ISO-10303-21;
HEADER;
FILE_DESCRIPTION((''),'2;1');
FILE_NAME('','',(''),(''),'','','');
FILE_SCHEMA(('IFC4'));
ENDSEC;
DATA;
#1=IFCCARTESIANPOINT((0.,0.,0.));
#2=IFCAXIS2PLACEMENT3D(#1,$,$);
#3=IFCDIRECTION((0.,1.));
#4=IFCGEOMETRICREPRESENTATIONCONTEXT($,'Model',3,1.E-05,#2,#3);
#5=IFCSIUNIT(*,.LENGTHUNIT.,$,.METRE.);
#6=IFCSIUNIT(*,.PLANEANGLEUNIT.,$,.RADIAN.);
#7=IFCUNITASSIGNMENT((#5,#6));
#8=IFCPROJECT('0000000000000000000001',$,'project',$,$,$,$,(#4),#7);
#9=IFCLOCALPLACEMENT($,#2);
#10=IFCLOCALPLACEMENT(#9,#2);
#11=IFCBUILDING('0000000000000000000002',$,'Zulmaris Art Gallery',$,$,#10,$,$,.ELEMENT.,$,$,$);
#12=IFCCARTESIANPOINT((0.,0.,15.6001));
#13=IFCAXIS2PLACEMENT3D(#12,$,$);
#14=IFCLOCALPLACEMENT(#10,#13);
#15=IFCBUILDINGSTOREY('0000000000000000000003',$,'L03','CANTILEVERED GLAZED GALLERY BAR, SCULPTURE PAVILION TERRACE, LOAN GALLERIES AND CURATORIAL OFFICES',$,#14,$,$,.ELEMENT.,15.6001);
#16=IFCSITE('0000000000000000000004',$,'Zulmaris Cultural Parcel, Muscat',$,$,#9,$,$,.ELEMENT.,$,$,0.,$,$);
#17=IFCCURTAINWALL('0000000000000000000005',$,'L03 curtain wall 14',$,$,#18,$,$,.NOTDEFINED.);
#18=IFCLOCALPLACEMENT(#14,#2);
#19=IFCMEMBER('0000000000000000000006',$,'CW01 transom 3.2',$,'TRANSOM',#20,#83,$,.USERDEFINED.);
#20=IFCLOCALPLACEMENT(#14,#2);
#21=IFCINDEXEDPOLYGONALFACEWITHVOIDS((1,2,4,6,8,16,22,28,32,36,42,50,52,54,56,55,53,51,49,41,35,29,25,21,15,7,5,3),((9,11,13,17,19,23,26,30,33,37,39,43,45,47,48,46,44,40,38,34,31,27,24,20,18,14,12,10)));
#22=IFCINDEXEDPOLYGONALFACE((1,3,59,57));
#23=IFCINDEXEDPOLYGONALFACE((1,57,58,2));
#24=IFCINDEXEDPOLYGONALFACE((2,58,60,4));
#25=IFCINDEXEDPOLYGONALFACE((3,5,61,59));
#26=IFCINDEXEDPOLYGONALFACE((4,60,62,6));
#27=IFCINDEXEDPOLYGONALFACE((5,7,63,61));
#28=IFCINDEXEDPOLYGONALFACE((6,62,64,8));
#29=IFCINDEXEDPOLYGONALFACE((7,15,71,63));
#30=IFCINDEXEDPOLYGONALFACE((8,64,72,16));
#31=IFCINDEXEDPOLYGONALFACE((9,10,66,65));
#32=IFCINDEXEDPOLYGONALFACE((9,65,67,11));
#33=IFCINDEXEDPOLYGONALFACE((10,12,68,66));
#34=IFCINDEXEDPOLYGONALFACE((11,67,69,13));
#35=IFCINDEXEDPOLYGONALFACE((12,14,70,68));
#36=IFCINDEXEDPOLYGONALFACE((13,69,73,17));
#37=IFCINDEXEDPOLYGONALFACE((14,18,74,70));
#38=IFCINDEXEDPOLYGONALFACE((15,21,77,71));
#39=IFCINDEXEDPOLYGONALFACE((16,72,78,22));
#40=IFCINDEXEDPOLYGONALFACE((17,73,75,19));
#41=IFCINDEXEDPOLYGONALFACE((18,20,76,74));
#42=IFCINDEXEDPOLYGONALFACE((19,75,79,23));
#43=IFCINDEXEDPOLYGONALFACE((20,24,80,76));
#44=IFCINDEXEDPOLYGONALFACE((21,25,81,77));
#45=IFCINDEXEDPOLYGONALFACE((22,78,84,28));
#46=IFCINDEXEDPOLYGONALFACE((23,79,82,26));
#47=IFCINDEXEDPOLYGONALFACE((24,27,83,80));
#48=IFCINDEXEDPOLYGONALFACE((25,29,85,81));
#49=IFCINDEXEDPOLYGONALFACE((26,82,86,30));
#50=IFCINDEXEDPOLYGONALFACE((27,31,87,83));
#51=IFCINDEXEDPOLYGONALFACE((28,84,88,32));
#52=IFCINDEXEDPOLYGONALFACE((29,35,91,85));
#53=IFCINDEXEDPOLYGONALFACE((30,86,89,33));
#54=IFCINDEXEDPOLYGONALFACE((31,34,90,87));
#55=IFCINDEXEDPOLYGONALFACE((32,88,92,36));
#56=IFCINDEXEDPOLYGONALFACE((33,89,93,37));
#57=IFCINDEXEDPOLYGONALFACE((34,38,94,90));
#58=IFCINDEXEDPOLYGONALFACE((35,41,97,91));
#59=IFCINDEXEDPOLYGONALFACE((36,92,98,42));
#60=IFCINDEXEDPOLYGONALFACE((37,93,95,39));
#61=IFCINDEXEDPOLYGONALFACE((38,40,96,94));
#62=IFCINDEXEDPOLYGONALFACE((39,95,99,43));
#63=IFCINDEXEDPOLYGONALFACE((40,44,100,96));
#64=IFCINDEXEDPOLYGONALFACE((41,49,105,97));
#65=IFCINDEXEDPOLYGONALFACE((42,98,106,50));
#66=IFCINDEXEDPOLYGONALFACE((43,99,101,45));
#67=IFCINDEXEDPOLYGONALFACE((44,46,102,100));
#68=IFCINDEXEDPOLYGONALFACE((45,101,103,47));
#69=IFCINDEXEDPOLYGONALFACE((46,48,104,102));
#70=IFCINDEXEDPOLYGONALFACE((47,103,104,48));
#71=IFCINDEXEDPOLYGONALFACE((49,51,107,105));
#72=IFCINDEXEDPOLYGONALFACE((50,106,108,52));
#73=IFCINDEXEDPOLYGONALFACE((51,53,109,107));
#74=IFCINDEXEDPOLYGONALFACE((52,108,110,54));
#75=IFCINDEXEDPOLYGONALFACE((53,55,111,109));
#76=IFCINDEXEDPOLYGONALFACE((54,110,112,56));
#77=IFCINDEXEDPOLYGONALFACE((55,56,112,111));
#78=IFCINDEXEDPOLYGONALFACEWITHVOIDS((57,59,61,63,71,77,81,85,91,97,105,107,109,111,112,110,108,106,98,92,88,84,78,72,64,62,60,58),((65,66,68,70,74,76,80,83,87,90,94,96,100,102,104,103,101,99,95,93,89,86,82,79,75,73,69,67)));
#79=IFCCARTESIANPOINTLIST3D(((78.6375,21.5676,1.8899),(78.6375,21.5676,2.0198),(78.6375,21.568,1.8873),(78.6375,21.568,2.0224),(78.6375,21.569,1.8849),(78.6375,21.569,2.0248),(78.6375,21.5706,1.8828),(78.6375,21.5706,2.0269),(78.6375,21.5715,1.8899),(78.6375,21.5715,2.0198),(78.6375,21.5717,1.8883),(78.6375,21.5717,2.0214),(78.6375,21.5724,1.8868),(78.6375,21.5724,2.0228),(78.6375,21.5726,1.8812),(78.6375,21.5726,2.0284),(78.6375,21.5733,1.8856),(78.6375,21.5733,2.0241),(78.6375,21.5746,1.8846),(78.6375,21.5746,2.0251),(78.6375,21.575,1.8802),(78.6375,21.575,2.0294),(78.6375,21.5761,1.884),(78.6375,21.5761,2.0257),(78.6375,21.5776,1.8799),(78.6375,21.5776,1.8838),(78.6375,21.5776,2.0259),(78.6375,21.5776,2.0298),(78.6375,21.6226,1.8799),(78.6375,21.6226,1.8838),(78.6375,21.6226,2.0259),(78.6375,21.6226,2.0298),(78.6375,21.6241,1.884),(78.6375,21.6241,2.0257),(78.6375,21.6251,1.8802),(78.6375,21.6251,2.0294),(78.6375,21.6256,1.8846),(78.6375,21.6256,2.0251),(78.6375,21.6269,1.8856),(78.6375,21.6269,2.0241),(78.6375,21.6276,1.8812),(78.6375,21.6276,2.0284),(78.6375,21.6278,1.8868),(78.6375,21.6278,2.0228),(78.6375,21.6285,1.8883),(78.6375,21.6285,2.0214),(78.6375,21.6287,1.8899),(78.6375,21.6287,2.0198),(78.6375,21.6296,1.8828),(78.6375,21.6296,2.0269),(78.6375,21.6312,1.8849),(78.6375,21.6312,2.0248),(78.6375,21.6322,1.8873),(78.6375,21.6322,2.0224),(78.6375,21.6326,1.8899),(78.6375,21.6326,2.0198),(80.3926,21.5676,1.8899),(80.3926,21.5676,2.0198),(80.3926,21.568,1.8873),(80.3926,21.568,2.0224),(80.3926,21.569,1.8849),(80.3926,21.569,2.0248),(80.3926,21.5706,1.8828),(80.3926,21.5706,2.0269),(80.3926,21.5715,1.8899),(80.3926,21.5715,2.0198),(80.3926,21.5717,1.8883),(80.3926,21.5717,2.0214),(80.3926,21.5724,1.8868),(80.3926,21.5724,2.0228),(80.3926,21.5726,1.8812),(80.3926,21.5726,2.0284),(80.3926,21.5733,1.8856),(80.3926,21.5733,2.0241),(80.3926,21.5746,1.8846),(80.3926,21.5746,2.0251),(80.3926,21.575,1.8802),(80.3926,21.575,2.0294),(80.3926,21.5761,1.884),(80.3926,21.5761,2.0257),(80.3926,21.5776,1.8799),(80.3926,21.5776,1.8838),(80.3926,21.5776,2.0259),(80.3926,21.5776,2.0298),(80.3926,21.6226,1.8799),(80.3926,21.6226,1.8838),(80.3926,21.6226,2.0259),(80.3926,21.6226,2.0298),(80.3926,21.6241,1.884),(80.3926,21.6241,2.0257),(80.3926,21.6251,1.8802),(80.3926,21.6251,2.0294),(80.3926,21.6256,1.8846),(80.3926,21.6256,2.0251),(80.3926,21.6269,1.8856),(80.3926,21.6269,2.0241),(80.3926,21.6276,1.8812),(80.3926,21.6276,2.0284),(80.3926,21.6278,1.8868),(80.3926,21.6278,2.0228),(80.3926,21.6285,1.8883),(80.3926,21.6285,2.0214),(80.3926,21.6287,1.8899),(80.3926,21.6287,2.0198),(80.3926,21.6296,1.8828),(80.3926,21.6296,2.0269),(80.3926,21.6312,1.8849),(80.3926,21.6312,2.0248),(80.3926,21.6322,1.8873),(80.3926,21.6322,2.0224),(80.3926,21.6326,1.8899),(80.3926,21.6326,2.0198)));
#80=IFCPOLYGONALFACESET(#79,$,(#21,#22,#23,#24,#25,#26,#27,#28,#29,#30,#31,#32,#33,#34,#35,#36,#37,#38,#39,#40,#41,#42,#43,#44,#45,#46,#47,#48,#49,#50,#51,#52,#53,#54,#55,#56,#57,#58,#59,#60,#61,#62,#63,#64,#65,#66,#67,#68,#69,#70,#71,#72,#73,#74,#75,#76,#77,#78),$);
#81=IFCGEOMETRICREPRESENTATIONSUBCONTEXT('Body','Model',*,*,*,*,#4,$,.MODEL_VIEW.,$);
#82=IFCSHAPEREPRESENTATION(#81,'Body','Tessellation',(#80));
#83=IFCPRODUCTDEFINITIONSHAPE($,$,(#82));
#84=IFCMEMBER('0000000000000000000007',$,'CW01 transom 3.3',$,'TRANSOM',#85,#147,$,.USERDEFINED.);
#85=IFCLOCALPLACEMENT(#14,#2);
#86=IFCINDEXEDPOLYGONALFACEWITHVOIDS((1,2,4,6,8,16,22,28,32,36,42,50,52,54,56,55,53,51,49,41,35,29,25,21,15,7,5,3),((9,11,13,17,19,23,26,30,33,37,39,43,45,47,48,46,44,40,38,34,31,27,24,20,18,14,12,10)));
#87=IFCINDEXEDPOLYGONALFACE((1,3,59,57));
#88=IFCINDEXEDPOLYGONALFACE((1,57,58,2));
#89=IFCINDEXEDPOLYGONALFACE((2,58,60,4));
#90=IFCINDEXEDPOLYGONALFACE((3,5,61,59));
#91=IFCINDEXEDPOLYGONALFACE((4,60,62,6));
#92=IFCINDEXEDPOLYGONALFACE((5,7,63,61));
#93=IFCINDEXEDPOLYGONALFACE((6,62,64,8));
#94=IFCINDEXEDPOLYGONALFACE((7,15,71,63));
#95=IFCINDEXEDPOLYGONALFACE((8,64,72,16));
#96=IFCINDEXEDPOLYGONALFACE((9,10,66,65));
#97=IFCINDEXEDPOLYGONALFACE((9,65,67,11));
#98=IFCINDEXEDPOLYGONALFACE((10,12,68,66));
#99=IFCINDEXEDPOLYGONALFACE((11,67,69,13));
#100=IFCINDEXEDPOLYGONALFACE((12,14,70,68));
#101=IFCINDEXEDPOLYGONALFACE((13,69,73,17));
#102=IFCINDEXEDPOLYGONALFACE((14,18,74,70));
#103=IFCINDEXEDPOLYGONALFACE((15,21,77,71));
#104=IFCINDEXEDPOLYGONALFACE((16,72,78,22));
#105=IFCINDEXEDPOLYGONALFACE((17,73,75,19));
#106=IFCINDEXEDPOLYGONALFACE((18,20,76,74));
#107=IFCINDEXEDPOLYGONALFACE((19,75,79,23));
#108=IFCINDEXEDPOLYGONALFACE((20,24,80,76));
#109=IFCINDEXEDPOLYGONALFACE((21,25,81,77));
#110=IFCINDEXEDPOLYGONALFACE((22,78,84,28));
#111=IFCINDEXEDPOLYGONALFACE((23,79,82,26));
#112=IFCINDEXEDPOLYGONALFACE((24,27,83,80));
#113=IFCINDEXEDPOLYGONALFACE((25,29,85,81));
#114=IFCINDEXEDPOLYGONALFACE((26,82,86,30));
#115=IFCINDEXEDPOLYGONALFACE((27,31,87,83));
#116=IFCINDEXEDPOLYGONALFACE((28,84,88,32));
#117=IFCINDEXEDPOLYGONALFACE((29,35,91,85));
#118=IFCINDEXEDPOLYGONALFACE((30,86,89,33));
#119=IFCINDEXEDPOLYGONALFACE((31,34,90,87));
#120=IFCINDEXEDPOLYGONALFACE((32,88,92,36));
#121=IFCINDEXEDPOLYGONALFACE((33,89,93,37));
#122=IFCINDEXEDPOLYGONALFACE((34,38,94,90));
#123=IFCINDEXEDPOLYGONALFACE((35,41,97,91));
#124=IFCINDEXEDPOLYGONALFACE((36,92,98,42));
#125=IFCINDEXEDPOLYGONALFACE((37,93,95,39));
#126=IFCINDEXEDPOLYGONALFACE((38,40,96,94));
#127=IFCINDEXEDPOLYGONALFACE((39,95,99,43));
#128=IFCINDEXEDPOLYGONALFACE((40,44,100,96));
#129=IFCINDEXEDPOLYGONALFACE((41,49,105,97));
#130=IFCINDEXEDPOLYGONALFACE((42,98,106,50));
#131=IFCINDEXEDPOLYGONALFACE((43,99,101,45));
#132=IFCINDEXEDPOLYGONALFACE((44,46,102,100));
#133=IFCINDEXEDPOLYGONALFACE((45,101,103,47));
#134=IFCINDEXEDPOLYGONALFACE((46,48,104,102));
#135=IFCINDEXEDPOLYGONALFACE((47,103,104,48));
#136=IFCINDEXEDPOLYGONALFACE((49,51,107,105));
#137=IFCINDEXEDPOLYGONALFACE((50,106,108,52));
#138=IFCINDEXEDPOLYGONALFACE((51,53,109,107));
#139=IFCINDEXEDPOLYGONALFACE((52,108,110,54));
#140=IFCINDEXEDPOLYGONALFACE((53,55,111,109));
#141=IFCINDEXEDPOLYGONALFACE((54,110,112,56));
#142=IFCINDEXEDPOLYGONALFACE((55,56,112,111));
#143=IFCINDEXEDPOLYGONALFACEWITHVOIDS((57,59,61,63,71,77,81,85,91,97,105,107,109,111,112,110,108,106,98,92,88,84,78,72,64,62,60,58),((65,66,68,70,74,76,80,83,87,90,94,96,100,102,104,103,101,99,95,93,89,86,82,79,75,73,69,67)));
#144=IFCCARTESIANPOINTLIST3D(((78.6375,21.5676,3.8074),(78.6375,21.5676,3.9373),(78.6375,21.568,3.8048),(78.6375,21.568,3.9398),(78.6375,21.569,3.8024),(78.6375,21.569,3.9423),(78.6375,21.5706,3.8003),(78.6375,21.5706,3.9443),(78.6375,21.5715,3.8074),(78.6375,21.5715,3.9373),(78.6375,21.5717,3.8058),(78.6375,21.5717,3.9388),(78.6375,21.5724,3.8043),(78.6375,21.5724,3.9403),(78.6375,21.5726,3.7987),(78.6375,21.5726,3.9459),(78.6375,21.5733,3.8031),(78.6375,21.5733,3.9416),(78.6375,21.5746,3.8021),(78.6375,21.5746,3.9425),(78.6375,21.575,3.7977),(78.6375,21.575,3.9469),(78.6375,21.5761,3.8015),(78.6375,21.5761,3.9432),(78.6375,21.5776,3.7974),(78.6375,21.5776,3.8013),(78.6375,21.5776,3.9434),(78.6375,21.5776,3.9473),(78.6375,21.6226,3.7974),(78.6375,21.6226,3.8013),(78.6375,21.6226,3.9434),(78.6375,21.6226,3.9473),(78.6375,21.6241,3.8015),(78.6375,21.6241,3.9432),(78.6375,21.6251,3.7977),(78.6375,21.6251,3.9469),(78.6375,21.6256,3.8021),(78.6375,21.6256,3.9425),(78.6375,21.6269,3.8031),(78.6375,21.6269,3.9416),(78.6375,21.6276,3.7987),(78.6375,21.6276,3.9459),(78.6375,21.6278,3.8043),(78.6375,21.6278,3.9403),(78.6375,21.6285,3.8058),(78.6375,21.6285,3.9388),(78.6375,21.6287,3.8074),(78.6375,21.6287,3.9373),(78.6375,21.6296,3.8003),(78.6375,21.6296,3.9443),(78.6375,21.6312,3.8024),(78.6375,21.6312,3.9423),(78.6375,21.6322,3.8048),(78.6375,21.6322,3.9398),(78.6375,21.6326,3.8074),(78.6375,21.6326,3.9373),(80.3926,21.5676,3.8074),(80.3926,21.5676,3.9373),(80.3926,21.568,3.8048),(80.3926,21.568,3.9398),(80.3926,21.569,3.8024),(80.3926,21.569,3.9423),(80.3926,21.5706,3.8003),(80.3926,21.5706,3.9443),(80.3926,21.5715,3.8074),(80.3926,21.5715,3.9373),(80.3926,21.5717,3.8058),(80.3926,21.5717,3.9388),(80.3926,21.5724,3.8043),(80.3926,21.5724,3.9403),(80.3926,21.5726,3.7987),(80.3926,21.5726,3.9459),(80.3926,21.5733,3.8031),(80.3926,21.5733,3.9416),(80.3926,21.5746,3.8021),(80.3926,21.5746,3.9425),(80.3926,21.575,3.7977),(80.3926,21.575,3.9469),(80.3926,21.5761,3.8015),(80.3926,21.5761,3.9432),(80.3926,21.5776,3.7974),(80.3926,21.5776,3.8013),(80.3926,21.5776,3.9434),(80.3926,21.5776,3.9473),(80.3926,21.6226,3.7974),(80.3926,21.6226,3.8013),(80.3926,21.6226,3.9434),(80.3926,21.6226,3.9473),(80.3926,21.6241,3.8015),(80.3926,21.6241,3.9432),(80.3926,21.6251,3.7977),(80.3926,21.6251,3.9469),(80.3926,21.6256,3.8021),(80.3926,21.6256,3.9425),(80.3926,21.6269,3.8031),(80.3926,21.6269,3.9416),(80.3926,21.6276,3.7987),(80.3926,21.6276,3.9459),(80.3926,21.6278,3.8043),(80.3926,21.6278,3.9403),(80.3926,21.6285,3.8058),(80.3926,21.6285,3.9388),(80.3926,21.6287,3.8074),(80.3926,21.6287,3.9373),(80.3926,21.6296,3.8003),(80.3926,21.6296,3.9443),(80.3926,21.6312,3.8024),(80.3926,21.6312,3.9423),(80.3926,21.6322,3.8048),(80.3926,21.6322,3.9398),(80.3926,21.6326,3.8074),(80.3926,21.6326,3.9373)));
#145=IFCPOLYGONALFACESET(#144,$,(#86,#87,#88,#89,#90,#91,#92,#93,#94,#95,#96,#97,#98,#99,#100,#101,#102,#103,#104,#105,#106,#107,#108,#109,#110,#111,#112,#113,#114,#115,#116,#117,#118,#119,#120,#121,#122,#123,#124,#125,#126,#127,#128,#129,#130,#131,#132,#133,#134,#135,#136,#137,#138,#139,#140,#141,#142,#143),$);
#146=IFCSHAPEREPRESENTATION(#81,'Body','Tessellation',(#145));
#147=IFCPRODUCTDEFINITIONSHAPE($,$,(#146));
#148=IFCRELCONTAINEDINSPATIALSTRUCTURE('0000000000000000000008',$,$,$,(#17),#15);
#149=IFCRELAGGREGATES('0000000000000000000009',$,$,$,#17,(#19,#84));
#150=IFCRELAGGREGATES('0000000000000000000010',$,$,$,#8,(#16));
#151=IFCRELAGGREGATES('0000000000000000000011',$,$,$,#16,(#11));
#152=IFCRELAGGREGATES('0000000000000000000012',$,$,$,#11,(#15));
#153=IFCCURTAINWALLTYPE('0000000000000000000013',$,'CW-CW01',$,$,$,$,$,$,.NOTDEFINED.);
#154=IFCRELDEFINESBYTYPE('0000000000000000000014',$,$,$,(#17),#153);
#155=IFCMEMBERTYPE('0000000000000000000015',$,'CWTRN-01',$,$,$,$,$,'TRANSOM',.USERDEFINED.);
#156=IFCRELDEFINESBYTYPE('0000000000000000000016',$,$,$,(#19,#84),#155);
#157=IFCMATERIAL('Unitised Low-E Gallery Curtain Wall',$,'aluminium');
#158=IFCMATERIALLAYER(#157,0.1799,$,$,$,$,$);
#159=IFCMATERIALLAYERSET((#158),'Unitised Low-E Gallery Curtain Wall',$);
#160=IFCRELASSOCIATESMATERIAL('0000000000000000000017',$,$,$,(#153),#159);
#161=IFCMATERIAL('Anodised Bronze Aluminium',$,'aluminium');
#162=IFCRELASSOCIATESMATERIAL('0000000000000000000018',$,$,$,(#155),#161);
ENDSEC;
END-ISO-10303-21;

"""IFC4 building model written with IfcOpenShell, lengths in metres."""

from ifc_helpers import new_model, si_unit, direction, frame, origin, origin_2d, place, context, subcontext, project, spatial, hollow_rectangle, extrude, material, layer, layer_set, material_profile, profile_set, type_object, element, aggregate, save


model = new_model("IFC4")

# Units and contexts
model_context = context("Model", 3, precision=1e-05, world=origin(), true_north=direction((0.0, 1.0)))
body_context = subcontext(model_context, "Body", "Model", "MODEL_VIEW")
ifc_project = project(units=[si_unit("LENGTHUNIT", "METRE"), si_unit("PLANEANGLEUNIT", "RADIAN")], contexts=[model_context])

# Site, building, storey
site_placement = place(None, origin())
site = spatial("IfcSite", under=ifc_project, at=site_placement, Name="Zulmaris Cultural Parcel, Muscat", CompositionType="ELEMENT", RefElevation=0.0)
building_placement = place(site_placement, origin())
building = spatial("IfcBuilding", under=site, at=building_placement, Name="Zulmaris Art Gallery", CompositionType="ELEMENT")
storey_placement = place(building_placement, frame((0.0, 0.0, 15.6001)))
storey = spatial("IfcBuildingStorey", under=building, at=storey_placement, Name="L03", Description="CANTILEVERED GLAZED GALLERY BAR, SCULPTURE PAVILION TERRACE, LOAN GALLERIES AND CURATORIAL OFFICES", CompositionType="ELEMENT", Elevation=15.6001)

# Curtain wall
ifc_material_1 = material(Name="Unitised Low-E Gallery Curtain Wall", Category="aluminium")
ifc_layer_1 = layer(ifc_material_1, 0.1799)
ifc_layer_set_1 = layer_set([ifc_layer_1], Name="Unitised Low-E Gallery Curtain Wall")
curtain_wall_type_1 = type_object("IfcCurtainWallType", Name="CW-CW01", PredefinedType="NOTDEFINED", material=ifc_layer_set_1)
curtain_wall_1_placement = place(storey_placement, origin())
curtain_wall_1 = element("IfcCurtainWall", 1, at=curtain_wall_1_placement, inside=storey, type_object=curtain_wall_type_1, Name="L03 curtain wall 14", PredefinedType="NOTDEFINED")
ifc_material_2 = material(Name="Anodised Bronze Aluminium", Category="aluminium")

# Members
ifc_material_profile_1 = material_profile(ifc_material_2, hollow_rectangle(XDim=0.0649, YDim=0.1499, WallThickness=0.0039, InnerFilletRadius=0.0061, OuterFilletRadius=0.01, at=origin_2d()), Name="ALU 65x150x4")
ifc_profile_set_1 = profile_set([ifc_material_profile_1], Name="Anodised Bronze Aluminium")
member_type_1 = type_object("IfcMemberType", Name="CWTRN-01", ElementType="TRANSOM", PredefinedType="USERDEFINED", material=ifc_profile_set_1)
member_1_placement = place(storey_placement, frame((78.6375, 21.6001, 1.9548), z_axis=(1.0, 0.0, 0.0), x_axis=(0.0, 1.0, 0.0)))
member_1 = element("IfcMember", 2, at=member_1_placement, type_object=member_type_1, Name="CW01 transom 3.2", ObjectType="TRANSOM", PredefinedType="USERDEFINED", context=body_context, shape_type="SweptSolid", body=[
    extrude(hollow_rectangle(XDim=0.0649, YDim=0.1499, WallThickness=0.0039, InnerFilletRadius=0.0061, OuterFilletRadius=0.01, at=origin_2d()), origin(), (0.0, 0.0, 1.0), 1.7551),
])
member_2_placement = place(storey_placement, frame((78.6375, 21.6001, 3.8723), z_axis=(1.0, 0.0, 0.0), x_axis=(0.0, 1.0, 0.0)))
member_2 = element("IfcMember", 3, at=member_2_placement, type_object=member_type_1, Name="CW01 transom 3.3", ObjectType="TRANSOM", PredefinedType="USERDEFINED", context=body_context, shape_type="SweptSolid", body=[
    extrude(hollow_rectangle(XDim=0.0649, YDim=0.1499, WallThickness=0.0039, InnerFilletRadius=0.0061, OuterFilletRadius=0.01, at=origin_2d()), origin(), (0.0, 0.0, 1.0), 1.7551),
])

aggregate(curtain_wall_1, [member_1, member_2])

save(model, "model.ifc")
